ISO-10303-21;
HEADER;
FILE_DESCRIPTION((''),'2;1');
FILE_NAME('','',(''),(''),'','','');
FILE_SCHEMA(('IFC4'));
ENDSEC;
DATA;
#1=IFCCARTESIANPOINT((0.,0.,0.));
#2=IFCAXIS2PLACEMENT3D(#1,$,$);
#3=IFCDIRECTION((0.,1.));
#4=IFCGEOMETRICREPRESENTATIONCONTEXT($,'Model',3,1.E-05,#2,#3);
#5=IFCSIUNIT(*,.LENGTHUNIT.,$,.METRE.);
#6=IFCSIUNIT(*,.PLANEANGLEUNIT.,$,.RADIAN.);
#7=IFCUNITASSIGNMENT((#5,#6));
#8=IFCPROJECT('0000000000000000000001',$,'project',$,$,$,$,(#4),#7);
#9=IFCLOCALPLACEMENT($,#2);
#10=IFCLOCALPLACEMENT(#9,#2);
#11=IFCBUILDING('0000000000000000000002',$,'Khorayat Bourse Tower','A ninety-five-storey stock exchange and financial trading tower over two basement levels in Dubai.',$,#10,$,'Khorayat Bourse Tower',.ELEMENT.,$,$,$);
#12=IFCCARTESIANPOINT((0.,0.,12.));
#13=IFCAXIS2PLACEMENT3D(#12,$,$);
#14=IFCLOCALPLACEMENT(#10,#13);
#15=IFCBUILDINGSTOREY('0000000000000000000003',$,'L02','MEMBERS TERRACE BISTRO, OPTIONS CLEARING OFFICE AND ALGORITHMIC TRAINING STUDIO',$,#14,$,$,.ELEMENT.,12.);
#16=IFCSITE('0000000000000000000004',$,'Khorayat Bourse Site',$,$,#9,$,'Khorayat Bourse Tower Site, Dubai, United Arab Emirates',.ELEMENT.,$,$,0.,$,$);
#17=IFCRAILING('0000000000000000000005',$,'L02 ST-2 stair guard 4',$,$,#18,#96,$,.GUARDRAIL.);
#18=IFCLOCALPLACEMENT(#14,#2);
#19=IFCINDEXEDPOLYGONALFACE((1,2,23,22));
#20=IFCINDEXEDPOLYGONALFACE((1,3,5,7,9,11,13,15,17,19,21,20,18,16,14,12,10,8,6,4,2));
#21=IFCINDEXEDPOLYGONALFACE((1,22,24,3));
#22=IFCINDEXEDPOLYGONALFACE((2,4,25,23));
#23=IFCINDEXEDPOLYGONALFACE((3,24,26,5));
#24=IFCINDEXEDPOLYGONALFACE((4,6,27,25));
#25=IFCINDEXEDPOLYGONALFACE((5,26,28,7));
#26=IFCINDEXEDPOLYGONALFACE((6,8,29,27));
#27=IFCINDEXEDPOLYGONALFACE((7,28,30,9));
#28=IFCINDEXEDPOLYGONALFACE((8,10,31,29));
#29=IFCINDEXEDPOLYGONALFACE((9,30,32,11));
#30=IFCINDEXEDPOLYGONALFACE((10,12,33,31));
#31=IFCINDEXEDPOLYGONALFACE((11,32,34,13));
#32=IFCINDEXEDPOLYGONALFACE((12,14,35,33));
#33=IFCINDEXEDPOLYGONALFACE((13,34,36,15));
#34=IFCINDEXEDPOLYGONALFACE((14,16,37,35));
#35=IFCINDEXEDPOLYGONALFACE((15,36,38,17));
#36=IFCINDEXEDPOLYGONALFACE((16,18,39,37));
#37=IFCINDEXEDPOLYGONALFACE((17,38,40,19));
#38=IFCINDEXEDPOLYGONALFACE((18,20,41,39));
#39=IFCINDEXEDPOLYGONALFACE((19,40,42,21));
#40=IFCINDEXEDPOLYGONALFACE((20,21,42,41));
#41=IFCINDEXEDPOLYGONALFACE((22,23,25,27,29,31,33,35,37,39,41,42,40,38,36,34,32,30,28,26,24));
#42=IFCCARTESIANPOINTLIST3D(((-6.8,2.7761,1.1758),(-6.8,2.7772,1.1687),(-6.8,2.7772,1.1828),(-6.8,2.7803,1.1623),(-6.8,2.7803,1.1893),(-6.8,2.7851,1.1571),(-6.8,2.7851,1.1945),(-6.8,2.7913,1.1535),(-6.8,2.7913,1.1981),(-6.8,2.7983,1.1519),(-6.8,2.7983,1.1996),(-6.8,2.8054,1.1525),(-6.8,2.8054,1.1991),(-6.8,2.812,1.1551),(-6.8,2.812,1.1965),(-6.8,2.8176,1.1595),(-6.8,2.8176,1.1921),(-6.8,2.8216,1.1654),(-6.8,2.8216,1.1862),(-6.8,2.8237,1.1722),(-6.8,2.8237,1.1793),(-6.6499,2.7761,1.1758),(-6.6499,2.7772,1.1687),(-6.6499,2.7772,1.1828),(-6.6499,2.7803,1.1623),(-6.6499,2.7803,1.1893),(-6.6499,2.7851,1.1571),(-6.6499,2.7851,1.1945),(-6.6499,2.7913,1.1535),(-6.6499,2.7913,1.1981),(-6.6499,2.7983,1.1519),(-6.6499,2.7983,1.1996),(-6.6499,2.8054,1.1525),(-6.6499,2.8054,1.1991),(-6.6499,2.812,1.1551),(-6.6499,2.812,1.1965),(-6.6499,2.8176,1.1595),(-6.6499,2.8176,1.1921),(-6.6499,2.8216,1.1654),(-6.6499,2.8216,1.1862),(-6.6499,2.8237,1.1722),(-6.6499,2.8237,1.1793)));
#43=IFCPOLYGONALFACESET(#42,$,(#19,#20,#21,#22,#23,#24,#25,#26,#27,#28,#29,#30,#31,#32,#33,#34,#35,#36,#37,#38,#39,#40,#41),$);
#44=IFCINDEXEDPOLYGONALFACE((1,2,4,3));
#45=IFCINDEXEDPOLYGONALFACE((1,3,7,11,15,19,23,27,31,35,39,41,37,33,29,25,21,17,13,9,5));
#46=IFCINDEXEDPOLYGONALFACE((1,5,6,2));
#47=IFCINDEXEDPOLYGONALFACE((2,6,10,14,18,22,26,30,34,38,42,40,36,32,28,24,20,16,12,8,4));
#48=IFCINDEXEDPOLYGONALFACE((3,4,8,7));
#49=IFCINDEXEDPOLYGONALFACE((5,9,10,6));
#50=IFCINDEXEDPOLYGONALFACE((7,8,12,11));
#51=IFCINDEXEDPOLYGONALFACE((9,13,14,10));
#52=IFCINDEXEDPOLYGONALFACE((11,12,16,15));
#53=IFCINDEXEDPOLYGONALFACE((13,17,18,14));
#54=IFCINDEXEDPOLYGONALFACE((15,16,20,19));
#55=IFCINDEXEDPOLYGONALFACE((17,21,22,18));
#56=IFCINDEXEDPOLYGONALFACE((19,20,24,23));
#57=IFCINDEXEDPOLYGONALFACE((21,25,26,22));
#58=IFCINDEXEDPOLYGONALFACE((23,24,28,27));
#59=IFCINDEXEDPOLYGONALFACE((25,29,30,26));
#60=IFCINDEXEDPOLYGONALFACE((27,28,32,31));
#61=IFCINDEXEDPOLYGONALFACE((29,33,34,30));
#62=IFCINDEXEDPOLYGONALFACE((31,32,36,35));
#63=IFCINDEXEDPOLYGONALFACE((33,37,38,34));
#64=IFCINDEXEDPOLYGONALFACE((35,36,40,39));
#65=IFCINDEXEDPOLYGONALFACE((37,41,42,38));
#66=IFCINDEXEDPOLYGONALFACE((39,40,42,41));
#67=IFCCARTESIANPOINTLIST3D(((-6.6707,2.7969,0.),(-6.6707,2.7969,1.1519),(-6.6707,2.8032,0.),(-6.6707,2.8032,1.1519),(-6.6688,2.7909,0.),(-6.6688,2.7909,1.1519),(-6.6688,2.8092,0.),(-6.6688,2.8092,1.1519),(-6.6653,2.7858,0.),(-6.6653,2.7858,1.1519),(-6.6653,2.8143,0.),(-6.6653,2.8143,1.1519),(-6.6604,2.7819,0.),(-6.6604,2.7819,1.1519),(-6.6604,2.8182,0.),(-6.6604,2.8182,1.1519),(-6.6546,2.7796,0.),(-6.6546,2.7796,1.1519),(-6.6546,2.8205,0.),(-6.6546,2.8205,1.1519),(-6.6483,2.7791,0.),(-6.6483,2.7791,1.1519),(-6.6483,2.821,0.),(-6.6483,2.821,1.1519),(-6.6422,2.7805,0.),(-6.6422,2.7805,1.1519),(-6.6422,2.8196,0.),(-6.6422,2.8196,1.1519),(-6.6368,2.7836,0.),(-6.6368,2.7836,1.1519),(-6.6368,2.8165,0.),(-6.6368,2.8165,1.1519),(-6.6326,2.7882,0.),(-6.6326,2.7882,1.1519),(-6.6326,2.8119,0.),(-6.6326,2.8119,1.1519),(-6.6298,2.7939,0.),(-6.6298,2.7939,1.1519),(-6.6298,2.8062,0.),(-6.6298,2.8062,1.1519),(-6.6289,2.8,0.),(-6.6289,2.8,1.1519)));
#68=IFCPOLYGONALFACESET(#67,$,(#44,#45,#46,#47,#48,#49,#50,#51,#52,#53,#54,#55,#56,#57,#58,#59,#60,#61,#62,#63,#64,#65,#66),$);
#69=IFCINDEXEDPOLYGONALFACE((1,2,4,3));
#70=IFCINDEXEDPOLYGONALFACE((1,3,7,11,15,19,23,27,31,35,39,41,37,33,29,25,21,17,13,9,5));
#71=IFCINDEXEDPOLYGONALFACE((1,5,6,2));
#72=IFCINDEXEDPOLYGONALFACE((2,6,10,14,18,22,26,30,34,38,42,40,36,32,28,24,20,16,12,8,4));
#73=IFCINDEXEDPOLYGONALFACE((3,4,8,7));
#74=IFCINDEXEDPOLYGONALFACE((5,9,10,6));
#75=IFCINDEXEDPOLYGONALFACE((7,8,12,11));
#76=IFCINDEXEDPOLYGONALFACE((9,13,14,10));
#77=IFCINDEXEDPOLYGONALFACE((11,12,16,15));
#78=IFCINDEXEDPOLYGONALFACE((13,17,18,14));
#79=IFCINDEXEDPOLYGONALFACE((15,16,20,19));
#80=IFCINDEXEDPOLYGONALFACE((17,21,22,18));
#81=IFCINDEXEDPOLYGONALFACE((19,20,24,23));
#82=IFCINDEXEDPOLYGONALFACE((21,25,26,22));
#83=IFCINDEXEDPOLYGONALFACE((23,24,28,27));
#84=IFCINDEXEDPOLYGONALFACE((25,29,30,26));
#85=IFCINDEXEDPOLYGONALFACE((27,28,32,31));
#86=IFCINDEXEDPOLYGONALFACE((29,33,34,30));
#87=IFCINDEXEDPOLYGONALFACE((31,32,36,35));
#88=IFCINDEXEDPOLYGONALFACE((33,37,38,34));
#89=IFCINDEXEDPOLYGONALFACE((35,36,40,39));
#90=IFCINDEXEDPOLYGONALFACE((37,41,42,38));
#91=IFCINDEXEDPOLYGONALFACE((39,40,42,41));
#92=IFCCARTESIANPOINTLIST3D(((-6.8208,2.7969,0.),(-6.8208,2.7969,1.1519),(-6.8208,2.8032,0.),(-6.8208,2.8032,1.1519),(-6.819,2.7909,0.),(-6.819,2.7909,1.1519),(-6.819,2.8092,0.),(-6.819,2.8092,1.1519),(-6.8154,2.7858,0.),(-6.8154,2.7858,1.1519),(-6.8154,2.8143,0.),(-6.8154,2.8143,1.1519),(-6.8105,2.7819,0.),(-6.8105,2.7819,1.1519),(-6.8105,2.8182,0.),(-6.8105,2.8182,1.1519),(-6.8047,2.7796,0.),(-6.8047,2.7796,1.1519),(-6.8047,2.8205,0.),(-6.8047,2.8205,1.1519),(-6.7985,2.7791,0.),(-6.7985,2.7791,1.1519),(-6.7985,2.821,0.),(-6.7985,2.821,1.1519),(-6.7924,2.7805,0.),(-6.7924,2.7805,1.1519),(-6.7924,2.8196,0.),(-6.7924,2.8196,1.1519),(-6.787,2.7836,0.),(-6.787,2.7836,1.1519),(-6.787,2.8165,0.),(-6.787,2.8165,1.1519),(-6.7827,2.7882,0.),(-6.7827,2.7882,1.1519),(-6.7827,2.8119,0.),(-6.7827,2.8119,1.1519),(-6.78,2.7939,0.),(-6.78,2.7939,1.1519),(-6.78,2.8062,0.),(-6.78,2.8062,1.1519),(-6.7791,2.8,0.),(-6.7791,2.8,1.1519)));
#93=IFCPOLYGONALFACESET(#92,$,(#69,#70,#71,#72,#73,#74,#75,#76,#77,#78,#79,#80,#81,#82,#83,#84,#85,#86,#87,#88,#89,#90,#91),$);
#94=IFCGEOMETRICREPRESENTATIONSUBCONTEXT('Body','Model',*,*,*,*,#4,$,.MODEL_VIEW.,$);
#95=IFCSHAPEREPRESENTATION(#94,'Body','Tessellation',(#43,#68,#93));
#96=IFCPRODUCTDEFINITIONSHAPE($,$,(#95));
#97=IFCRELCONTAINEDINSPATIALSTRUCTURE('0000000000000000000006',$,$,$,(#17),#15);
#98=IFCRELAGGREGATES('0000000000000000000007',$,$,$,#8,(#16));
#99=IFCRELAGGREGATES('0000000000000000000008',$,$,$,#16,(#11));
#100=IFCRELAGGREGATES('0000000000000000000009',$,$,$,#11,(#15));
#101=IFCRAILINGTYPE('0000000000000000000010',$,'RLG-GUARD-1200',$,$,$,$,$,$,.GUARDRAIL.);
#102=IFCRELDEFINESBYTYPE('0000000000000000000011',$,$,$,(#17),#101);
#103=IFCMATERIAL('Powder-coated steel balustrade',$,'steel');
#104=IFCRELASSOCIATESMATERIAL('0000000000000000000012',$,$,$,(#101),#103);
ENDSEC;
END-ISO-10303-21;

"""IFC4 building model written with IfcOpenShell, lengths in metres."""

from ifc_helpers import new_model, si_unit, direction, frame, origin, origin_2d, place, context, subcontext, project, spatial, circle, extrude, source, transform, mapped, material, type_object, element, save


model = new_model("IFC4")

# Units and contexts
model_context = context("Model", 3, precision=1e-05, world=origin(), true_north=direction((0.0, 1.0)))
body_context = subcontext(model_context, "Body", "Model", "MODEL_VIEW")
ifc_project = project(units=[si_unit("LENGTHUNIT", "METRE"), si_unit("PLANEANGLEUNIT", "RADIAN")], contexts=[model_context])

# Site, building, storey
site_placement = place(None, origin())
site = spatial("IfcSite", under=ifc_project, at=site_placement, Name="Khorayat Bourse Site", LongName="Khorayat Bourse Tower Site, Dubai, United Arab Emirates", CompositionType="ELEMENT", RefElevation=0.0)
building_placement = place(site_placement, origin())
building = spatial("IfcBuilding", under=site, at=building_placement, Name="Khorayat Bourse Tower", Description="A ninety-five-storey stock exchange and financial trading tower over two basement levels in Dubai.", LongName="Khorayat Bourse Tower", CompositionType="ELEMENT")
storey_placement = place(building_placement, frame((0.0, 0.0, 12.0)))
storey = spatial("IfcBuildingStorey", under=building, at=storey_placement, Name="L02", Description="MEMBERS TERRACE BISTRO, OPTIONS CLEARING OFFICE AND ALGORITHMIC TRAINING STUDIO", CompositionType="ELEMENT", Elevation=12.0)

# Railing
ifc_material_1 = material(Name="Powder-coated steel balustrade", Category="steel")
railing_type_1 = type_object("IfcRailingType", Name="RLG-GUARD-1200", PredefinedType="GUARDRAIL", material=ifc_material_1)
shared_shape_1 = source(origin(), body_context, "Body", "SweptSolid", [
    extrude(circle(Radius=0.0239, at=origin_2d()), frame((0.0, 0.0, 1.1758), z_axis=(-1.0, 0.0, 0.0), x_axis=(0.0, -1.0, 0.0)), (0.0, 0.0, 1.0), 0.1501),
    extrude(circle(Radius=0.021, at=origin_2d()), origin(), (0.0, 0.0, 1.0), 1.1519),
    extrude(circle(Radius=0.021, at=origin_2d()), frame((-0.1501, 0.0, 0.0)), (0.0, 0.0, 1.0), 1.1519),
])
for number, where, name in (
    (1, (-6.6499, 2.8, 0.0), "L02 ST-2 stair guard 4"),
):
    element("IfcRailing", number, at=place(storey_placement, frame(where)), inside=storey, type_object=railing_type_1, Name=name, PredefinedType="GUARDRAIL", context=body_context, shape_type="MappedRepresentation", body=[
        mapped(shared_shape_1, transform((0.0, 0.0, 0.0), scale=1.0)),
    ])

save(model, "model.ifc")
